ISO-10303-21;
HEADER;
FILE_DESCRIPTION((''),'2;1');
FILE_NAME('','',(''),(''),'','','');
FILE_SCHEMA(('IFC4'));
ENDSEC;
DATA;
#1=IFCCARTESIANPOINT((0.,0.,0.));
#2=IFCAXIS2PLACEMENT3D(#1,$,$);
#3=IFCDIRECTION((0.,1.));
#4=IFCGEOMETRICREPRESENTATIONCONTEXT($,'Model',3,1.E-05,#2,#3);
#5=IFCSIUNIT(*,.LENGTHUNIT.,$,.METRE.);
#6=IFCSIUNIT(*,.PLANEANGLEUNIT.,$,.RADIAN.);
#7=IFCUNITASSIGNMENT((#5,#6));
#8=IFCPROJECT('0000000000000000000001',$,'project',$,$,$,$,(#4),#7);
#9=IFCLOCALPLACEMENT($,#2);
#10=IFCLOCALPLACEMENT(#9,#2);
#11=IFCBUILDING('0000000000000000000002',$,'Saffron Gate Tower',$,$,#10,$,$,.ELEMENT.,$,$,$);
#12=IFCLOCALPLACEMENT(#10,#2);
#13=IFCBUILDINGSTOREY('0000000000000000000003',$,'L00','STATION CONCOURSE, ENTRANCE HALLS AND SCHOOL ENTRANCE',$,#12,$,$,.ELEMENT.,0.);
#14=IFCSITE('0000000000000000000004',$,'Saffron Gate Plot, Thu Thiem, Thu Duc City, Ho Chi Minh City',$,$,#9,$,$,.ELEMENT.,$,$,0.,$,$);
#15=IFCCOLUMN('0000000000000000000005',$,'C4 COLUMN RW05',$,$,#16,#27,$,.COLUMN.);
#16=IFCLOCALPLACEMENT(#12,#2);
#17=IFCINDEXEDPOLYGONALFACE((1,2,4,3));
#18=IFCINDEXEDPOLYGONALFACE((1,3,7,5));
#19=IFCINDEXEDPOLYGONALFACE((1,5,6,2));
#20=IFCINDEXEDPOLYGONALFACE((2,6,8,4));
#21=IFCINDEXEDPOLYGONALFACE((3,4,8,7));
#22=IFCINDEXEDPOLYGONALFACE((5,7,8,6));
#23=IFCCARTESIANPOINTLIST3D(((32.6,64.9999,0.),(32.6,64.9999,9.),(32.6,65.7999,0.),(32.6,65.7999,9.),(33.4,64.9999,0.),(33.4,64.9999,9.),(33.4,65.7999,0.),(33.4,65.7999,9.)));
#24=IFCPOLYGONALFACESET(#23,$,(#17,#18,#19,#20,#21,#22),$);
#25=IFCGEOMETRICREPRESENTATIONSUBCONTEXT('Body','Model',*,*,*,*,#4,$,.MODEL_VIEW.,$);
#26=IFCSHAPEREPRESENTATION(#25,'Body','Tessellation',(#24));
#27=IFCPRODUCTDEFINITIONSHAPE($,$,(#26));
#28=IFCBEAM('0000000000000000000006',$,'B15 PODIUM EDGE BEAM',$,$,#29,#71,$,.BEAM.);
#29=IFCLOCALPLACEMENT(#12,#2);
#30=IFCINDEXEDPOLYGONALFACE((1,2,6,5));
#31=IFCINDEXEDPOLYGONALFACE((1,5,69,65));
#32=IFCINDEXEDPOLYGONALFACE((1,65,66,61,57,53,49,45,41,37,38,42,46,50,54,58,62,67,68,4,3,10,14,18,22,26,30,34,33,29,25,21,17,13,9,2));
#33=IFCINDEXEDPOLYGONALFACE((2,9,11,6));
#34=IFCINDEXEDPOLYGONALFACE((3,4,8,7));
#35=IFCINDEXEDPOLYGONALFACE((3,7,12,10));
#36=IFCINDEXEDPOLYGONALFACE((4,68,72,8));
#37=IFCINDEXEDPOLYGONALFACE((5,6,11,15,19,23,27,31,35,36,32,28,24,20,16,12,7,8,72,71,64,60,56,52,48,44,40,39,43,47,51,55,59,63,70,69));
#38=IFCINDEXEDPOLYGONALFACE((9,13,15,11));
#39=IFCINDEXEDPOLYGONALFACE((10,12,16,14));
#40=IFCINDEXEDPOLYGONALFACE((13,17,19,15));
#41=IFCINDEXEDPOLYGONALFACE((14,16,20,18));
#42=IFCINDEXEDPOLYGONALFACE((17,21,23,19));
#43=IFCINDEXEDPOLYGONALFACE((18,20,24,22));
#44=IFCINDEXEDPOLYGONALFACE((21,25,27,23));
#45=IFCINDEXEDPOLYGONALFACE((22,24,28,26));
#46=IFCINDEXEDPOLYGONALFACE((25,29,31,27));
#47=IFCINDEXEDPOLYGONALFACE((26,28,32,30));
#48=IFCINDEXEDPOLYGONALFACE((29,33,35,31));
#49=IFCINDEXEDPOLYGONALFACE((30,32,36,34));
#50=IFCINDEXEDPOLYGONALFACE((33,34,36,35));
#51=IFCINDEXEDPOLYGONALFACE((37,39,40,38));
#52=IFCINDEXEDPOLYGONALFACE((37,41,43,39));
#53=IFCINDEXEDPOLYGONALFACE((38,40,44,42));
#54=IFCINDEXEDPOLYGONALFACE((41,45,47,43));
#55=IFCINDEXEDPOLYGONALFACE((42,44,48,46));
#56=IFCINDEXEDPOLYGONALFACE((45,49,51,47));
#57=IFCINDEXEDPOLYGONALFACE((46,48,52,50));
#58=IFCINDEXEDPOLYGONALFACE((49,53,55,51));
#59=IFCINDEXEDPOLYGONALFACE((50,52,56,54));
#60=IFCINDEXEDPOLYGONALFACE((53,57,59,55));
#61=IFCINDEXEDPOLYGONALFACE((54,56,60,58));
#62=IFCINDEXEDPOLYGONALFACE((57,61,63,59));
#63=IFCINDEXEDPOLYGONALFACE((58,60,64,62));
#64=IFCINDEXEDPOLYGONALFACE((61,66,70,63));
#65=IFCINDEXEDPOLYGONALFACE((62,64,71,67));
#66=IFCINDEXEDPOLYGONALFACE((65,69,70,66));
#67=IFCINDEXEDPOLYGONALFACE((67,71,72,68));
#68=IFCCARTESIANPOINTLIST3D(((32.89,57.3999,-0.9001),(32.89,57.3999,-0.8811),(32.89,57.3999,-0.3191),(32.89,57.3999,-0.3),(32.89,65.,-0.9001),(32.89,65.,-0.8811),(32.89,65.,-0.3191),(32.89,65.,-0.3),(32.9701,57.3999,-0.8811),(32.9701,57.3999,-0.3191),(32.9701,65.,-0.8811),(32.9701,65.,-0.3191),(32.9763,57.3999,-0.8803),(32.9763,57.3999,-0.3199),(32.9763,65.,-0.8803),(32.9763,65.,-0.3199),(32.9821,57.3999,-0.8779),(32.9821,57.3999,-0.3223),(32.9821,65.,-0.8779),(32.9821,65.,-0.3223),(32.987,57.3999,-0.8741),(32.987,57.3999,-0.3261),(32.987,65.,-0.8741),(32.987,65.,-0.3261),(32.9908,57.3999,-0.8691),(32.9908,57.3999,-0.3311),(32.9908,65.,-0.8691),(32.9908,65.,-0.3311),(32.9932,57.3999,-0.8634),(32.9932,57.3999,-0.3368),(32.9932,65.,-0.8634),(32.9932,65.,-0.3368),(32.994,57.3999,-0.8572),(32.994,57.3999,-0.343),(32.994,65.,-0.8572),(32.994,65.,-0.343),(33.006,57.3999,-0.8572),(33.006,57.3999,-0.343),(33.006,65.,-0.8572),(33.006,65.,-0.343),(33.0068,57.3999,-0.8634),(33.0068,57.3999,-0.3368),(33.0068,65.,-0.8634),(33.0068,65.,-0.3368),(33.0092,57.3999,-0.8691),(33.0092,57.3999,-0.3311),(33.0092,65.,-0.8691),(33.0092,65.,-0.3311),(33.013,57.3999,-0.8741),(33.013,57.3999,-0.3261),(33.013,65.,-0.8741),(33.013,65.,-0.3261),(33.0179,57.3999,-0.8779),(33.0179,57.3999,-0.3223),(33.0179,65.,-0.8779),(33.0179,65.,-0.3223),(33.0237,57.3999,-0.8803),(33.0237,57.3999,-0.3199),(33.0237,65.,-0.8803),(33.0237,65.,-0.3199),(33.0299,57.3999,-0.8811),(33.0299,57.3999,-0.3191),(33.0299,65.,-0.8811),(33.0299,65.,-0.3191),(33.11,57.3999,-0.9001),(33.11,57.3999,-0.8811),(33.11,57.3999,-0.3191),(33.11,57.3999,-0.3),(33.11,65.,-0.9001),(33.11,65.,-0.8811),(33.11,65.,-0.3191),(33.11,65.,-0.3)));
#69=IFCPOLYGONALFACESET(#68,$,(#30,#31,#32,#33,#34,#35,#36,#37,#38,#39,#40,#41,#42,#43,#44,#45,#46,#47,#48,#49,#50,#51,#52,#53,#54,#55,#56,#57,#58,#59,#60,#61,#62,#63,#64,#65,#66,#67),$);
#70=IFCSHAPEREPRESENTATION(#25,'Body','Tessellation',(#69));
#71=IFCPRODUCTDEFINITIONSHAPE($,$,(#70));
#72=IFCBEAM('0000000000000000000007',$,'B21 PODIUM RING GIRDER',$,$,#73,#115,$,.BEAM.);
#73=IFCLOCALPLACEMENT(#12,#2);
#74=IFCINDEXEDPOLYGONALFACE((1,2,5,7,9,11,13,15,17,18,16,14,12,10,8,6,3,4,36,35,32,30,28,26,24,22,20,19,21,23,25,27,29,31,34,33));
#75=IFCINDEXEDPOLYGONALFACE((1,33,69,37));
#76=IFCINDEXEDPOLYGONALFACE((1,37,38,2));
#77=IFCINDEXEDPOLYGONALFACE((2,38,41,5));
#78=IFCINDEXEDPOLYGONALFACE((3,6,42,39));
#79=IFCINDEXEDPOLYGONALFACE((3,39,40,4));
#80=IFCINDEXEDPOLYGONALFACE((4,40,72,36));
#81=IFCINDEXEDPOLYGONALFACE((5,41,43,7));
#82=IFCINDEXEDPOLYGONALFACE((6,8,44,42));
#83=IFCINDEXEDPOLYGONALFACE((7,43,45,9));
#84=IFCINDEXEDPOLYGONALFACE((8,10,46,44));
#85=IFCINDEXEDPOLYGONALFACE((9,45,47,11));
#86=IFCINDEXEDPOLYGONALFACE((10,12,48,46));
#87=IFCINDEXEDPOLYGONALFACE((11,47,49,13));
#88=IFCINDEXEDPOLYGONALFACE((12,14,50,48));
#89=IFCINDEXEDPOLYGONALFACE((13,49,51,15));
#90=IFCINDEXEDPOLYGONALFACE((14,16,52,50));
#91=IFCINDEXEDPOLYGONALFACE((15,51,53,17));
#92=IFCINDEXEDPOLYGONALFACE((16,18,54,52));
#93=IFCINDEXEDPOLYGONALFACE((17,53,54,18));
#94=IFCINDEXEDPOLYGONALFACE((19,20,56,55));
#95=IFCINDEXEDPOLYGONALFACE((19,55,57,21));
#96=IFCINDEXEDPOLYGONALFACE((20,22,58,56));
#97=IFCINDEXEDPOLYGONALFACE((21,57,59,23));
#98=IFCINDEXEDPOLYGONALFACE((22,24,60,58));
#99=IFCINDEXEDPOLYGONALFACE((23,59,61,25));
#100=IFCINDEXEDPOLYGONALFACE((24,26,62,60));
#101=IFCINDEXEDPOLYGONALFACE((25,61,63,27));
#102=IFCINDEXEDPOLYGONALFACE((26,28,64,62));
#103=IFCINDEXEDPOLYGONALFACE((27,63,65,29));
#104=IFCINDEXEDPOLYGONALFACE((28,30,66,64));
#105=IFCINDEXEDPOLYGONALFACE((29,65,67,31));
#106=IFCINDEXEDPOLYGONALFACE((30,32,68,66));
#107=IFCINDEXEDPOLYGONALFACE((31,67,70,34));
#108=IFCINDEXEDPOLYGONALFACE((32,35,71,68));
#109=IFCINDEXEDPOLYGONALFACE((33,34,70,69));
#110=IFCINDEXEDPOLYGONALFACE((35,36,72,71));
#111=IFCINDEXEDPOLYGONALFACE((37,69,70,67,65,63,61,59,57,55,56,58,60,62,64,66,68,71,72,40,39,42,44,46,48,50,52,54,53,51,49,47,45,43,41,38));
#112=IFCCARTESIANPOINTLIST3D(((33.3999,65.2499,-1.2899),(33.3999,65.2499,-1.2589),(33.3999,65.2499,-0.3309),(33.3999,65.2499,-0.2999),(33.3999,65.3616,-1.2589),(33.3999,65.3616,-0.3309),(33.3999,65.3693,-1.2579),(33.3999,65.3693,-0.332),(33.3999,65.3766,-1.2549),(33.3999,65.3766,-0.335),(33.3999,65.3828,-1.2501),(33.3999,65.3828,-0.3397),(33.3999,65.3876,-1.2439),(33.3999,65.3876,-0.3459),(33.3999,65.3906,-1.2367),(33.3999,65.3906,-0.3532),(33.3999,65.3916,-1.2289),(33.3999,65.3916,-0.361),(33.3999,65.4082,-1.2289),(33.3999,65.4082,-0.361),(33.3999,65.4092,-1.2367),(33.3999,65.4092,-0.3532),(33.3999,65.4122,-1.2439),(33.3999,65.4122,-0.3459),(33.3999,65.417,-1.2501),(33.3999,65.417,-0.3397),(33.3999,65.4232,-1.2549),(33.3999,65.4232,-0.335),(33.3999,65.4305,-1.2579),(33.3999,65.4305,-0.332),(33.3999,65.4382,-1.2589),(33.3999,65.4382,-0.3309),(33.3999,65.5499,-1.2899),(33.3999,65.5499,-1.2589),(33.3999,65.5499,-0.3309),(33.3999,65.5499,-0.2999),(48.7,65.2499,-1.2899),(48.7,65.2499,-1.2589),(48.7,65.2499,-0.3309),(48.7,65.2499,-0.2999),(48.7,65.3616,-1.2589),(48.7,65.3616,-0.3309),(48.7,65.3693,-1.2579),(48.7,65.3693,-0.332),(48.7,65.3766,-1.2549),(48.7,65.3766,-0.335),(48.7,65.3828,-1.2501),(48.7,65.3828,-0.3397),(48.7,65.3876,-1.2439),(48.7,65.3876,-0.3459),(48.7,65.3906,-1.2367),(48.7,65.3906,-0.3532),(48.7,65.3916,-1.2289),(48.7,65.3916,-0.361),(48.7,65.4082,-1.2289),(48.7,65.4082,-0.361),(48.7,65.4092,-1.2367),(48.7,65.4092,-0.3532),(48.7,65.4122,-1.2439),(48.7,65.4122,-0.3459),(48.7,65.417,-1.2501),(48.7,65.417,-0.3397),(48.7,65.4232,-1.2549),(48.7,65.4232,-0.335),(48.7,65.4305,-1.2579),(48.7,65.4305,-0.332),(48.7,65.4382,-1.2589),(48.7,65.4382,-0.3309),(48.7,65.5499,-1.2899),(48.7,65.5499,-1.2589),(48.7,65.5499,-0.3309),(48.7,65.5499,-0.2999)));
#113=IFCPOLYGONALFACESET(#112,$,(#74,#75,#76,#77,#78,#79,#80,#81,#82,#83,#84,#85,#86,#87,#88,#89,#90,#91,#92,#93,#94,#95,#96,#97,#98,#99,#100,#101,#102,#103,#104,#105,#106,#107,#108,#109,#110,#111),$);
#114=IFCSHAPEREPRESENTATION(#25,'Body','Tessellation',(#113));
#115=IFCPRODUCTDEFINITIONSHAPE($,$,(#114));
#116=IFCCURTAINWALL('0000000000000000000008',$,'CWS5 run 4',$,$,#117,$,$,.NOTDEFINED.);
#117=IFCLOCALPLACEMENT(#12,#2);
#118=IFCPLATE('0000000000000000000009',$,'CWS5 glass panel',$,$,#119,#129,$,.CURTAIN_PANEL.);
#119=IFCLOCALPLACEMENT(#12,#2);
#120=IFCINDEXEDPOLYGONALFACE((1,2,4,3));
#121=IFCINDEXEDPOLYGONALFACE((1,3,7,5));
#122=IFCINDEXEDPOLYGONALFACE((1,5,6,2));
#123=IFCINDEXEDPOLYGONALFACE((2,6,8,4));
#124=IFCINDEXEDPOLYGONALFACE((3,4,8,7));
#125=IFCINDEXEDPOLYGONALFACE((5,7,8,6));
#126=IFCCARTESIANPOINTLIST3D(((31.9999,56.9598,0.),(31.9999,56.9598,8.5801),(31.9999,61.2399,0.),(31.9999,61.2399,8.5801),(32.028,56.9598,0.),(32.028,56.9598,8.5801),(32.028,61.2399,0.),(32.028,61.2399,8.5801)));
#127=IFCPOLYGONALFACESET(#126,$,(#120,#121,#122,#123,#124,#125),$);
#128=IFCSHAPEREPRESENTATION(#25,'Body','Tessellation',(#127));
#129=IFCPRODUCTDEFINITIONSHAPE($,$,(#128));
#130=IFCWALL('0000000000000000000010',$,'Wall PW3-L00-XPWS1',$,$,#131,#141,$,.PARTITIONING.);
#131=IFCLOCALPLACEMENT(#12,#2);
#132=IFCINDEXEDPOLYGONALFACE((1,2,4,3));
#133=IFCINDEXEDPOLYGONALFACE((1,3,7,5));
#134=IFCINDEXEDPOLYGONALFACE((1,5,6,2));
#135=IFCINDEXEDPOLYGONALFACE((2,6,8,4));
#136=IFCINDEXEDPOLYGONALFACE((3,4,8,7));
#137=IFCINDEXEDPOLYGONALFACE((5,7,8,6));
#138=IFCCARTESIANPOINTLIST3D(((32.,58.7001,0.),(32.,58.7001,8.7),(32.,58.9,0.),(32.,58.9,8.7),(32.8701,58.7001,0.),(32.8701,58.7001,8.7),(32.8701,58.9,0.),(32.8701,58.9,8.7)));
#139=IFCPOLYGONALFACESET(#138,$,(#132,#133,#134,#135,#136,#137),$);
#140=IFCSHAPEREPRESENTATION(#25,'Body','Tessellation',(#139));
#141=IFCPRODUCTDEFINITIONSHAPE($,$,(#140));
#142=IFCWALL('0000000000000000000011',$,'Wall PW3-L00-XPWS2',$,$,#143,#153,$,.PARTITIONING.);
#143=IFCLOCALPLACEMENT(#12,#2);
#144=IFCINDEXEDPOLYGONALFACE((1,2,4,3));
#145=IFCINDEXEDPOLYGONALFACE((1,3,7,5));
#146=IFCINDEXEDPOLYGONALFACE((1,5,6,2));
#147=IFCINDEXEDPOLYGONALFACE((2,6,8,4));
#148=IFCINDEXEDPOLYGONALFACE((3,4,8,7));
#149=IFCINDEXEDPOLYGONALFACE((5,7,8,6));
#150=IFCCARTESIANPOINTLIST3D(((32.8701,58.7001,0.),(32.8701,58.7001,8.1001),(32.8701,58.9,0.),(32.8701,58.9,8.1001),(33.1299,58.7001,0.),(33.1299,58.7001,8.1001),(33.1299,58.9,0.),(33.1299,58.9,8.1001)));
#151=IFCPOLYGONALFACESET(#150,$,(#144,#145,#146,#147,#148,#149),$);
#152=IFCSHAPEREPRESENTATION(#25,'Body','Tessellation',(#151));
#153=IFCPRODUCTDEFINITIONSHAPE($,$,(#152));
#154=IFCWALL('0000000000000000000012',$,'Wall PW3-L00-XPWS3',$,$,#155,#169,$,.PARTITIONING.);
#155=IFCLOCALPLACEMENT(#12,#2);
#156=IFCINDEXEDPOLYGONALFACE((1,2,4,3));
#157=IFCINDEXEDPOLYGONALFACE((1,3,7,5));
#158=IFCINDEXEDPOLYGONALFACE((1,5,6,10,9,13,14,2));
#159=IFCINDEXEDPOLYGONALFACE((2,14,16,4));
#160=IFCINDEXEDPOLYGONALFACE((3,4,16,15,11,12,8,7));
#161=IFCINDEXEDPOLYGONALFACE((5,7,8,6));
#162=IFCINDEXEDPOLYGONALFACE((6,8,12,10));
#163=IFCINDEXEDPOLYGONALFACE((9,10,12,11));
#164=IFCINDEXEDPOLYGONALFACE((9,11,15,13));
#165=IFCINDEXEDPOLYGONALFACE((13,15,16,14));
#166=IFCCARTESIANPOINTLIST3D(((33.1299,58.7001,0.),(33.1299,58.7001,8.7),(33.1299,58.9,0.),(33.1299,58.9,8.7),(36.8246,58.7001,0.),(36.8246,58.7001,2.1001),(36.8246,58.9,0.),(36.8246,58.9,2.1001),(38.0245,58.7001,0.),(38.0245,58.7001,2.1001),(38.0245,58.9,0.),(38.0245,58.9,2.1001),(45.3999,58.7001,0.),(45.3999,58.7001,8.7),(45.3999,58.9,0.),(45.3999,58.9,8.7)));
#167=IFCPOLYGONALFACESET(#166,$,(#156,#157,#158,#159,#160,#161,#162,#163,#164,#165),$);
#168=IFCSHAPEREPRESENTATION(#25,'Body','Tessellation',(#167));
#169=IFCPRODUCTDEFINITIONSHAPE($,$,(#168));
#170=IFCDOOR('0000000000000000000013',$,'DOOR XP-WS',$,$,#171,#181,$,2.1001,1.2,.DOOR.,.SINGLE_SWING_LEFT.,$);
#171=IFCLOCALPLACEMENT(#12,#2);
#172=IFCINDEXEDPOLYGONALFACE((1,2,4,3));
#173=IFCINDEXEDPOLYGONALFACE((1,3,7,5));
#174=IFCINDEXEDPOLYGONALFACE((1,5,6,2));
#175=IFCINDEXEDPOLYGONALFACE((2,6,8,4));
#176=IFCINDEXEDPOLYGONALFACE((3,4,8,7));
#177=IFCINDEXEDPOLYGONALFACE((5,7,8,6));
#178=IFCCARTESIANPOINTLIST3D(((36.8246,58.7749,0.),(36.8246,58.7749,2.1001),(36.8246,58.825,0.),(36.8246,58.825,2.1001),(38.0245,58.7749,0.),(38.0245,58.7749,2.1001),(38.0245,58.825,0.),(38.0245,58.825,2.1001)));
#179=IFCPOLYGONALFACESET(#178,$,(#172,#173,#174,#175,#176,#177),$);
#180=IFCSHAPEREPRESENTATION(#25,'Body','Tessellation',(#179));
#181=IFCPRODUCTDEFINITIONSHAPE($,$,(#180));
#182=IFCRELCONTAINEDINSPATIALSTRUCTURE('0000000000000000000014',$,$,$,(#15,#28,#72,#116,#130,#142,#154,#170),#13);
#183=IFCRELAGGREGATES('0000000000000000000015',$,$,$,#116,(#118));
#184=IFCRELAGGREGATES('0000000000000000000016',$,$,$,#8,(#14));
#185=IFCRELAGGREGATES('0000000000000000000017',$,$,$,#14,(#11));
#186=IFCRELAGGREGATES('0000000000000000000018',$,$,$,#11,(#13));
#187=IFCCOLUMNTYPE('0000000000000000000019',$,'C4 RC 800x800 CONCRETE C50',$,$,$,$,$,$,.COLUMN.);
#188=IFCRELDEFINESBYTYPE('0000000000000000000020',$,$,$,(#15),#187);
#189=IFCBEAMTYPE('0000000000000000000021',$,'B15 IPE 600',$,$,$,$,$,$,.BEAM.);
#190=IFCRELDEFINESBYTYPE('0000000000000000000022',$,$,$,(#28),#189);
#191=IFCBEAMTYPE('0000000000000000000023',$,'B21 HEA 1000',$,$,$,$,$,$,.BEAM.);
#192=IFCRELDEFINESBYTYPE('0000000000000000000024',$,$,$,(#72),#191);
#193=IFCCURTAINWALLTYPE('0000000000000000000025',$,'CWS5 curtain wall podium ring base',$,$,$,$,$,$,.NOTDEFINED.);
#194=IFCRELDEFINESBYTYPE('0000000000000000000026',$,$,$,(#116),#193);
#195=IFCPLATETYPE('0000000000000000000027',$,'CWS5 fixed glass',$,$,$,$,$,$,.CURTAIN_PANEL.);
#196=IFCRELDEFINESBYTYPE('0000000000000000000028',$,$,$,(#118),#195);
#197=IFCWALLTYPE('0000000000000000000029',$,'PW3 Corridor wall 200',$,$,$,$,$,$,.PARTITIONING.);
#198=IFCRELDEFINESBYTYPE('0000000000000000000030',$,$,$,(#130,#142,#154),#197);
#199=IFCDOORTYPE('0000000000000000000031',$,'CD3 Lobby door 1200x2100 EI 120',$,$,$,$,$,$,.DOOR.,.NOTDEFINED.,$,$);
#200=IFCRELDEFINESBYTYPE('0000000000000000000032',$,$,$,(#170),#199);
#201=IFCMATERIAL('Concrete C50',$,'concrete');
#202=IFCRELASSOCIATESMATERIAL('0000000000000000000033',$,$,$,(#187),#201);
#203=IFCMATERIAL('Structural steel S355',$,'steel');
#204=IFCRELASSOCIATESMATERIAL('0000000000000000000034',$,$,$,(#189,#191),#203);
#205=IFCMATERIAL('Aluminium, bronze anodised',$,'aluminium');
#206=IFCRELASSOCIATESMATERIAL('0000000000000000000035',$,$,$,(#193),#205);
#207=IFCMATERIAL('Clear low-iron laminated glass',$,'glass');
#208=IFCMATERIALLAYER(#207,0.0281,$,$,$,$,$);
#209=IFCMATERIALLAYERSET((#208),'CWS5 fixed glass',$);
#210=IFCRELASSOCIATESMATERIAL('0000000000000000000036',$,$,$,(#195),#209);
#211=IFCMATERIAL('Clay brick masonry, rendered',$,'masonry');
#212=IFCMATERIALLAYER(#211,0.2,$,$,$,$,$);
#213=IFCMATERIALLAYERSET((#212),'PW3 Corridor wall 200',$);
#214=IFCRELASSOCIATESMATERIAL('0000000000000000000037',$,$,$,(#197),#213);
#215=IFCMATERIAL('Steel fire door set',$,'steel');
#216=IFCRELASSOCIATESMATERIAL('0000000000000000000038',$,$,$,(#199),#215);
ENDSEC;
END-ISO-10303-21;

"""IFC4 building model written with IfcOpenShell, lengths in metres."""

from ifc_helpers import new_model, si_unit, direction, frame, frame_2d, origin, origin_2d, place, context, subcontext, project, spatial, rectangle, i_section, extrude, material, layer, layer_set, material_profile, profile_set, type_object, element, fill, aggregate, save


model = new_model("IFC4")

# Units and contexts
model_context = context("Model", 3, precision=1e-05, world=origin(), true_north=direction((0.0, 1.0)))
body_context = subcontext(model_context, "Body", "Model", "MODEL_VIEW")
ifc_project = project(units=[si_unit("LENGTHUNIT", "METRE"), si_unit("PLANEANGLEUNIT", "RADIAN")], contexts=[model_context])

# Site, building, storey
site_placement = place(None, origin())
site = spatial("IfcSite", under=ifc_project, at=site_placement, Name="Saffron Gate Plot, Thu Thiem, Thu Duc City, Ho Chi Minh City", CompositionType="ELEMENT", RefElevation=0.0)
building_placement = place(site_placement, origin())
building = spatial("IfcBuilding", under=site, at=building_placement, Name="Saffron Gate Tower", CompositionType="ELEMENT")
storey_placement = place(building_placement, origin())
storey = spatial("IfcBuildingStorey", under=building, at=storey_placement, Name="L00", Description="STATION CONCOURSE, ENTRANCE HALLS AND SCHOOL ENTRANCE", CompositionType="ELEMENT", Elevation=0.0)

# Column
ifc_material_1 = material(Name="Concrete C50", Category="concrete")
ifc_material_profile_1 = material_profile(ifc_material_1, rectangle(XDim=0.8, YDim=0.8, at=origin_2d()))
ifc_profile_set_1 = profile_set([ifc_material_profile_1], Name="Concrete C50")
column_type = type_object("IfcColumnType", Name="C4 RC 800x800 CONCRETE C50", PredefinedType="COLUMN", material=ifc_profile_set_1)
column_placement = place(storey_placement, frame((33.0, 65.3999, 0.0), z_axis=(0.0, 0.0, 1.0), x_axis=(1.0, 0.0, 0.0)))
element("IfcColumn", 1, at=column_placement, inside=storey, type_object=column_type, Name="C4 COLUMN RW05", PredefinedType="COLUMN", context=body_context, shape_type="SweptSolid", body=[
    extrude(rectangle(XDim=0.8, YDim=0.8, at=origin_2d()), origin(), (0.0, 0.0, 1.0), 9.0),
])

# Beams
ifc_material_2 = material(Name="Structural steel S355", Category="steel")
ifc_material_profile_2 = material_profile(ifc_material_2, i_section(OverallWidth=0.22, OverallDepth=0.6001, WebThickness=0.012, FlangeThickness=0.019, FilletRadius=0.0239, at=origin_2d()))
ifc_profile_set_2 = profile_set([ifc_material_profile_2], Name="Structural steel S355")
beam_type_1 = type_object("IfcBeamType", Name="B15 IPE 600", PredefinedType="BEAM", material=ifc_profile_set_2)
beam_1_placement = place(storey_placement, frame((33.0, 57.3999, -0.6001), z_axis=(0.0, 1.0, 0.0), x_axis=(-1.0, 0.0, 0.0)))
element("IfcBeam", 2, at=beam_1_placement, inside=storey, type_object=beam_type_1, Name="B15 PODIUM EDGE BEAM", PredefinedType="BEAM", context=body_context, shape_type="SweptSolid", body=[
    extrude(i_section(OverallWidth=0.22, OverallDepth=0.6001, WebThickness=0.012, FlangeThickness=0.019, FilletRadius=0.0239, at=origin_2d()), origin(), (0.0, 0.0, 1.0), 7.6001),
])
ifc_material_profile_3 = material_profile(ifc_material_2, i_section(OverallWidth=0.3, OverallDepth=0.99, WebThickness=0.0166, FlangeThickness=0.031, FilletRadius=0.03, at=origin_2d()))
ifc_profile_set_3 = profile_set([ifc_material_profile_3], Name="Structural steel S355")
beam_type_2 = type_object("IfcBeamType", Name="B21 HEA 1000", PredefinedType="BEAM", material=ifc_profile_set_3)
beam_2_placement = place(storey_placement, frame((33.3999, 65.3999, -0.7949), z_axis=(1.0, 0.0, 0.0), x_axis=(0.0, 1.0, 0.0)))
element("IfcBeam", 3, at=beam_2_placement, inside=storey, type_object=beam_type_2, Name="B21 PODIUM RING GIRDER", PredefinedType="BEAM", context=body_context, shape_type="SweptSolid", body=[
    extrude(i_section(OverallWidth=0.3, OverallDepth=0.99, WebThickness=0.0166, FlangeThickness=0.031, FilletRadius=0.03, at=origin_2d()), origin(), (0.0, 0.0, 1.0), 15.3),
])

# Curtain wall, plate
ifc_material_3 = material(Name="Aluminium, bronze anodised", Category="aluminium")
curtain_wall_type = type_object("IfcCurtainWallType", Name="CWS5 curtain wall podium ring base", PredefinedType="NOTDEFINED", material=ifc_material_3)
curtain_wall_placement = place(storey_placement, origin())
curtain_wall = element("IfcCurtainWall", 4, at=curtain_wall_placement, inside=storey, type_object=curtain_wall_type, Name="CWS5 run 4", PredefinedType="NOTDEFINED")
ifc_material_4 = material(Name="Clear low-iron laminated glass", Category="glass")
ifc_layer_1 = layer(ifc_material_4, 0.0281)
ifc_layer_set_1 = layer_set([ifc_layer_1], Name="CWS5 fixed glass")
plate_type = type_object("IfcPlateType", Name="CWS5 fixed glass", PredefinedType="CURTAIN_PANEL", material=ifc_layer_set_1)
plate_placement = place(storey_placement, frame((32.0139, 61.24, 0.0), z_axis=(0.0, 0.0, 1.0), x_axis=(0.0, -1.0, 0.0)))
plate = element("IfcPlate", 5, at=plate_placement, type_object=plate_type, Name="CWS5 glass panel", PredefinedType="CURTAIN_PANEL", context=body_context, shape_type="SweptSolid", body=[
    extrude(rectangle(XDim=4.28, YDim=0.0281, at=frame_2d((2.1401, 0.0))), origin(), (0.0, 0.0, 1.0), 8.5801),
])
aggregate(curtain_wall, [plate])

# Walls
ifc_material_5 = material(Name="Clay brick masonry, rendered", Category="masonry")
ifc_layer_2 = layer(ifc_material_5, 0.2)
ifc_layer_set_2 = layer_set([ifc_layer_2], Name="PW3 Corridor wall 200")
wall_type_1 = type_object("IfcWallType", Name="PW3 Corridor wall 200", PredefinedType="PARTITIONING", material=ifc_layer_set_2)
wall_1_placement = place(storey_placement, frame((32.0, 58.8, 0.0), z_axis=(0.0, 0.0, 1.0), x_axis=(1.0, 0.0, 0.0)))
element("IfcWall", 6, at=wall_1_placement, inside=storey, type_object=wall_type_1, Name="Wall PW3-L00-XPWS1", PredefinedType="PARTITIONING", context=body_context, shape_type="SweptSolid", body=[
    extrude(rectangle(XDim=0.8701, YDim=0.2, at=frame_2d((0.4351, 0.0))), origin(), (0.0, 0.0, 1.0), 8.7),
])
wall_2_placement = place(storey_placement, frame((32.8701, 58.8, 0.0), z_axis=(0.0, 0.0, 1.0), x_axis=(1.0, 0.0, 0.0)))
element("IfcWall", 7, at=wall_2_placement, inside=storey, type_object=wall_type_1, Name="Wall PW3-L00-XPWS2", PredefinedType="PARTITIONING", context=body_context, shape_type="SweptSolid", body=[
    extrude(rectangle(XDim=0.2598, YDim=0.2, at=frame_2d((0.1299, 0.0))), origin(), (0.0, 0.0, 1.0), 8.1001),
])

# Wall, opening, door
wall_3_placement = place(storey_placement, frame((33.1299, 58.8, 0.0), z_axis=(0.0, 0.0, 1.0), x_axis=(1.0, 0.0, 0.0)))
wall_3 = element("IfcWall", 8, at=wall_3_placement, inside=storey, type_object=wall_type_1, Name="Wall PW3-L00-XPWS3", PredefinedType="PARTITIONING", context=body_context, shape_type="SweptSolid", body=[
    extrude(rectangle(XDim=12.27, YDim=0.2, at=frame_2d((6.135, 0.0))), origin(), (0.0, 0.0, 1.0), 8.7),
])
opening_1_placement = place(wall_3_placement, frame((3.6946, 0.0, 0.0)))
opening_1 = element("IfcOpeningElement", 9, at=opening_1_placement, cuts=wall_3, PredefinedType="OPENING", context=body_context, shape_type="SweptSolid", body=[
    extrude(rectangle(XDim=1.2, YDim=2.1001, at=frame_2d((0.6001, 1.05))), frame((0.0, 0.1099, 0.0), z_axis=(0.0, -1.0, 0.0), x_axis=(1.0, 0.0, 0.0)), (0.0, 0.0, 1.0), 0.22),
])
ifc_material_6 = material(Name="Steel fire door set", Category="steel")
door_type_1 = type_object("IfcDoorType", Name="CD3 Lobby door 1200x2100 EI 120", OperationType="NOTDEFINED", PredefinedType="DOOR", material=ifc_material_6)
door_1_placement = place(opening_1_placement, origin())
door_1 = element("IfcDoor", 10, at=door_1_placement, inside=storey, type_object=door_type_1, Name="DOOR XP-WS", OperationType="SINGLE_SWING_LEFT", OverallHeight=2.1001, OverallWidth=1.2, PredefinedType="DOOR", context=body_context, shape_type="SweptSolid", body=[
    extrude(rectangle(XDim=1.2, YDim=2.1001, at=frame_2d((0.6001, 1.05))), frame((0.0, 0.0249, 0.0), z_axis=(0.0, -1.0, 0.0), x_axis=(1.0, 0.0, 0.0)), (0.0, 0.0, 1.0), 0.05),
])
fill(opening_1, door_1)

save(model, "model.ifc")
